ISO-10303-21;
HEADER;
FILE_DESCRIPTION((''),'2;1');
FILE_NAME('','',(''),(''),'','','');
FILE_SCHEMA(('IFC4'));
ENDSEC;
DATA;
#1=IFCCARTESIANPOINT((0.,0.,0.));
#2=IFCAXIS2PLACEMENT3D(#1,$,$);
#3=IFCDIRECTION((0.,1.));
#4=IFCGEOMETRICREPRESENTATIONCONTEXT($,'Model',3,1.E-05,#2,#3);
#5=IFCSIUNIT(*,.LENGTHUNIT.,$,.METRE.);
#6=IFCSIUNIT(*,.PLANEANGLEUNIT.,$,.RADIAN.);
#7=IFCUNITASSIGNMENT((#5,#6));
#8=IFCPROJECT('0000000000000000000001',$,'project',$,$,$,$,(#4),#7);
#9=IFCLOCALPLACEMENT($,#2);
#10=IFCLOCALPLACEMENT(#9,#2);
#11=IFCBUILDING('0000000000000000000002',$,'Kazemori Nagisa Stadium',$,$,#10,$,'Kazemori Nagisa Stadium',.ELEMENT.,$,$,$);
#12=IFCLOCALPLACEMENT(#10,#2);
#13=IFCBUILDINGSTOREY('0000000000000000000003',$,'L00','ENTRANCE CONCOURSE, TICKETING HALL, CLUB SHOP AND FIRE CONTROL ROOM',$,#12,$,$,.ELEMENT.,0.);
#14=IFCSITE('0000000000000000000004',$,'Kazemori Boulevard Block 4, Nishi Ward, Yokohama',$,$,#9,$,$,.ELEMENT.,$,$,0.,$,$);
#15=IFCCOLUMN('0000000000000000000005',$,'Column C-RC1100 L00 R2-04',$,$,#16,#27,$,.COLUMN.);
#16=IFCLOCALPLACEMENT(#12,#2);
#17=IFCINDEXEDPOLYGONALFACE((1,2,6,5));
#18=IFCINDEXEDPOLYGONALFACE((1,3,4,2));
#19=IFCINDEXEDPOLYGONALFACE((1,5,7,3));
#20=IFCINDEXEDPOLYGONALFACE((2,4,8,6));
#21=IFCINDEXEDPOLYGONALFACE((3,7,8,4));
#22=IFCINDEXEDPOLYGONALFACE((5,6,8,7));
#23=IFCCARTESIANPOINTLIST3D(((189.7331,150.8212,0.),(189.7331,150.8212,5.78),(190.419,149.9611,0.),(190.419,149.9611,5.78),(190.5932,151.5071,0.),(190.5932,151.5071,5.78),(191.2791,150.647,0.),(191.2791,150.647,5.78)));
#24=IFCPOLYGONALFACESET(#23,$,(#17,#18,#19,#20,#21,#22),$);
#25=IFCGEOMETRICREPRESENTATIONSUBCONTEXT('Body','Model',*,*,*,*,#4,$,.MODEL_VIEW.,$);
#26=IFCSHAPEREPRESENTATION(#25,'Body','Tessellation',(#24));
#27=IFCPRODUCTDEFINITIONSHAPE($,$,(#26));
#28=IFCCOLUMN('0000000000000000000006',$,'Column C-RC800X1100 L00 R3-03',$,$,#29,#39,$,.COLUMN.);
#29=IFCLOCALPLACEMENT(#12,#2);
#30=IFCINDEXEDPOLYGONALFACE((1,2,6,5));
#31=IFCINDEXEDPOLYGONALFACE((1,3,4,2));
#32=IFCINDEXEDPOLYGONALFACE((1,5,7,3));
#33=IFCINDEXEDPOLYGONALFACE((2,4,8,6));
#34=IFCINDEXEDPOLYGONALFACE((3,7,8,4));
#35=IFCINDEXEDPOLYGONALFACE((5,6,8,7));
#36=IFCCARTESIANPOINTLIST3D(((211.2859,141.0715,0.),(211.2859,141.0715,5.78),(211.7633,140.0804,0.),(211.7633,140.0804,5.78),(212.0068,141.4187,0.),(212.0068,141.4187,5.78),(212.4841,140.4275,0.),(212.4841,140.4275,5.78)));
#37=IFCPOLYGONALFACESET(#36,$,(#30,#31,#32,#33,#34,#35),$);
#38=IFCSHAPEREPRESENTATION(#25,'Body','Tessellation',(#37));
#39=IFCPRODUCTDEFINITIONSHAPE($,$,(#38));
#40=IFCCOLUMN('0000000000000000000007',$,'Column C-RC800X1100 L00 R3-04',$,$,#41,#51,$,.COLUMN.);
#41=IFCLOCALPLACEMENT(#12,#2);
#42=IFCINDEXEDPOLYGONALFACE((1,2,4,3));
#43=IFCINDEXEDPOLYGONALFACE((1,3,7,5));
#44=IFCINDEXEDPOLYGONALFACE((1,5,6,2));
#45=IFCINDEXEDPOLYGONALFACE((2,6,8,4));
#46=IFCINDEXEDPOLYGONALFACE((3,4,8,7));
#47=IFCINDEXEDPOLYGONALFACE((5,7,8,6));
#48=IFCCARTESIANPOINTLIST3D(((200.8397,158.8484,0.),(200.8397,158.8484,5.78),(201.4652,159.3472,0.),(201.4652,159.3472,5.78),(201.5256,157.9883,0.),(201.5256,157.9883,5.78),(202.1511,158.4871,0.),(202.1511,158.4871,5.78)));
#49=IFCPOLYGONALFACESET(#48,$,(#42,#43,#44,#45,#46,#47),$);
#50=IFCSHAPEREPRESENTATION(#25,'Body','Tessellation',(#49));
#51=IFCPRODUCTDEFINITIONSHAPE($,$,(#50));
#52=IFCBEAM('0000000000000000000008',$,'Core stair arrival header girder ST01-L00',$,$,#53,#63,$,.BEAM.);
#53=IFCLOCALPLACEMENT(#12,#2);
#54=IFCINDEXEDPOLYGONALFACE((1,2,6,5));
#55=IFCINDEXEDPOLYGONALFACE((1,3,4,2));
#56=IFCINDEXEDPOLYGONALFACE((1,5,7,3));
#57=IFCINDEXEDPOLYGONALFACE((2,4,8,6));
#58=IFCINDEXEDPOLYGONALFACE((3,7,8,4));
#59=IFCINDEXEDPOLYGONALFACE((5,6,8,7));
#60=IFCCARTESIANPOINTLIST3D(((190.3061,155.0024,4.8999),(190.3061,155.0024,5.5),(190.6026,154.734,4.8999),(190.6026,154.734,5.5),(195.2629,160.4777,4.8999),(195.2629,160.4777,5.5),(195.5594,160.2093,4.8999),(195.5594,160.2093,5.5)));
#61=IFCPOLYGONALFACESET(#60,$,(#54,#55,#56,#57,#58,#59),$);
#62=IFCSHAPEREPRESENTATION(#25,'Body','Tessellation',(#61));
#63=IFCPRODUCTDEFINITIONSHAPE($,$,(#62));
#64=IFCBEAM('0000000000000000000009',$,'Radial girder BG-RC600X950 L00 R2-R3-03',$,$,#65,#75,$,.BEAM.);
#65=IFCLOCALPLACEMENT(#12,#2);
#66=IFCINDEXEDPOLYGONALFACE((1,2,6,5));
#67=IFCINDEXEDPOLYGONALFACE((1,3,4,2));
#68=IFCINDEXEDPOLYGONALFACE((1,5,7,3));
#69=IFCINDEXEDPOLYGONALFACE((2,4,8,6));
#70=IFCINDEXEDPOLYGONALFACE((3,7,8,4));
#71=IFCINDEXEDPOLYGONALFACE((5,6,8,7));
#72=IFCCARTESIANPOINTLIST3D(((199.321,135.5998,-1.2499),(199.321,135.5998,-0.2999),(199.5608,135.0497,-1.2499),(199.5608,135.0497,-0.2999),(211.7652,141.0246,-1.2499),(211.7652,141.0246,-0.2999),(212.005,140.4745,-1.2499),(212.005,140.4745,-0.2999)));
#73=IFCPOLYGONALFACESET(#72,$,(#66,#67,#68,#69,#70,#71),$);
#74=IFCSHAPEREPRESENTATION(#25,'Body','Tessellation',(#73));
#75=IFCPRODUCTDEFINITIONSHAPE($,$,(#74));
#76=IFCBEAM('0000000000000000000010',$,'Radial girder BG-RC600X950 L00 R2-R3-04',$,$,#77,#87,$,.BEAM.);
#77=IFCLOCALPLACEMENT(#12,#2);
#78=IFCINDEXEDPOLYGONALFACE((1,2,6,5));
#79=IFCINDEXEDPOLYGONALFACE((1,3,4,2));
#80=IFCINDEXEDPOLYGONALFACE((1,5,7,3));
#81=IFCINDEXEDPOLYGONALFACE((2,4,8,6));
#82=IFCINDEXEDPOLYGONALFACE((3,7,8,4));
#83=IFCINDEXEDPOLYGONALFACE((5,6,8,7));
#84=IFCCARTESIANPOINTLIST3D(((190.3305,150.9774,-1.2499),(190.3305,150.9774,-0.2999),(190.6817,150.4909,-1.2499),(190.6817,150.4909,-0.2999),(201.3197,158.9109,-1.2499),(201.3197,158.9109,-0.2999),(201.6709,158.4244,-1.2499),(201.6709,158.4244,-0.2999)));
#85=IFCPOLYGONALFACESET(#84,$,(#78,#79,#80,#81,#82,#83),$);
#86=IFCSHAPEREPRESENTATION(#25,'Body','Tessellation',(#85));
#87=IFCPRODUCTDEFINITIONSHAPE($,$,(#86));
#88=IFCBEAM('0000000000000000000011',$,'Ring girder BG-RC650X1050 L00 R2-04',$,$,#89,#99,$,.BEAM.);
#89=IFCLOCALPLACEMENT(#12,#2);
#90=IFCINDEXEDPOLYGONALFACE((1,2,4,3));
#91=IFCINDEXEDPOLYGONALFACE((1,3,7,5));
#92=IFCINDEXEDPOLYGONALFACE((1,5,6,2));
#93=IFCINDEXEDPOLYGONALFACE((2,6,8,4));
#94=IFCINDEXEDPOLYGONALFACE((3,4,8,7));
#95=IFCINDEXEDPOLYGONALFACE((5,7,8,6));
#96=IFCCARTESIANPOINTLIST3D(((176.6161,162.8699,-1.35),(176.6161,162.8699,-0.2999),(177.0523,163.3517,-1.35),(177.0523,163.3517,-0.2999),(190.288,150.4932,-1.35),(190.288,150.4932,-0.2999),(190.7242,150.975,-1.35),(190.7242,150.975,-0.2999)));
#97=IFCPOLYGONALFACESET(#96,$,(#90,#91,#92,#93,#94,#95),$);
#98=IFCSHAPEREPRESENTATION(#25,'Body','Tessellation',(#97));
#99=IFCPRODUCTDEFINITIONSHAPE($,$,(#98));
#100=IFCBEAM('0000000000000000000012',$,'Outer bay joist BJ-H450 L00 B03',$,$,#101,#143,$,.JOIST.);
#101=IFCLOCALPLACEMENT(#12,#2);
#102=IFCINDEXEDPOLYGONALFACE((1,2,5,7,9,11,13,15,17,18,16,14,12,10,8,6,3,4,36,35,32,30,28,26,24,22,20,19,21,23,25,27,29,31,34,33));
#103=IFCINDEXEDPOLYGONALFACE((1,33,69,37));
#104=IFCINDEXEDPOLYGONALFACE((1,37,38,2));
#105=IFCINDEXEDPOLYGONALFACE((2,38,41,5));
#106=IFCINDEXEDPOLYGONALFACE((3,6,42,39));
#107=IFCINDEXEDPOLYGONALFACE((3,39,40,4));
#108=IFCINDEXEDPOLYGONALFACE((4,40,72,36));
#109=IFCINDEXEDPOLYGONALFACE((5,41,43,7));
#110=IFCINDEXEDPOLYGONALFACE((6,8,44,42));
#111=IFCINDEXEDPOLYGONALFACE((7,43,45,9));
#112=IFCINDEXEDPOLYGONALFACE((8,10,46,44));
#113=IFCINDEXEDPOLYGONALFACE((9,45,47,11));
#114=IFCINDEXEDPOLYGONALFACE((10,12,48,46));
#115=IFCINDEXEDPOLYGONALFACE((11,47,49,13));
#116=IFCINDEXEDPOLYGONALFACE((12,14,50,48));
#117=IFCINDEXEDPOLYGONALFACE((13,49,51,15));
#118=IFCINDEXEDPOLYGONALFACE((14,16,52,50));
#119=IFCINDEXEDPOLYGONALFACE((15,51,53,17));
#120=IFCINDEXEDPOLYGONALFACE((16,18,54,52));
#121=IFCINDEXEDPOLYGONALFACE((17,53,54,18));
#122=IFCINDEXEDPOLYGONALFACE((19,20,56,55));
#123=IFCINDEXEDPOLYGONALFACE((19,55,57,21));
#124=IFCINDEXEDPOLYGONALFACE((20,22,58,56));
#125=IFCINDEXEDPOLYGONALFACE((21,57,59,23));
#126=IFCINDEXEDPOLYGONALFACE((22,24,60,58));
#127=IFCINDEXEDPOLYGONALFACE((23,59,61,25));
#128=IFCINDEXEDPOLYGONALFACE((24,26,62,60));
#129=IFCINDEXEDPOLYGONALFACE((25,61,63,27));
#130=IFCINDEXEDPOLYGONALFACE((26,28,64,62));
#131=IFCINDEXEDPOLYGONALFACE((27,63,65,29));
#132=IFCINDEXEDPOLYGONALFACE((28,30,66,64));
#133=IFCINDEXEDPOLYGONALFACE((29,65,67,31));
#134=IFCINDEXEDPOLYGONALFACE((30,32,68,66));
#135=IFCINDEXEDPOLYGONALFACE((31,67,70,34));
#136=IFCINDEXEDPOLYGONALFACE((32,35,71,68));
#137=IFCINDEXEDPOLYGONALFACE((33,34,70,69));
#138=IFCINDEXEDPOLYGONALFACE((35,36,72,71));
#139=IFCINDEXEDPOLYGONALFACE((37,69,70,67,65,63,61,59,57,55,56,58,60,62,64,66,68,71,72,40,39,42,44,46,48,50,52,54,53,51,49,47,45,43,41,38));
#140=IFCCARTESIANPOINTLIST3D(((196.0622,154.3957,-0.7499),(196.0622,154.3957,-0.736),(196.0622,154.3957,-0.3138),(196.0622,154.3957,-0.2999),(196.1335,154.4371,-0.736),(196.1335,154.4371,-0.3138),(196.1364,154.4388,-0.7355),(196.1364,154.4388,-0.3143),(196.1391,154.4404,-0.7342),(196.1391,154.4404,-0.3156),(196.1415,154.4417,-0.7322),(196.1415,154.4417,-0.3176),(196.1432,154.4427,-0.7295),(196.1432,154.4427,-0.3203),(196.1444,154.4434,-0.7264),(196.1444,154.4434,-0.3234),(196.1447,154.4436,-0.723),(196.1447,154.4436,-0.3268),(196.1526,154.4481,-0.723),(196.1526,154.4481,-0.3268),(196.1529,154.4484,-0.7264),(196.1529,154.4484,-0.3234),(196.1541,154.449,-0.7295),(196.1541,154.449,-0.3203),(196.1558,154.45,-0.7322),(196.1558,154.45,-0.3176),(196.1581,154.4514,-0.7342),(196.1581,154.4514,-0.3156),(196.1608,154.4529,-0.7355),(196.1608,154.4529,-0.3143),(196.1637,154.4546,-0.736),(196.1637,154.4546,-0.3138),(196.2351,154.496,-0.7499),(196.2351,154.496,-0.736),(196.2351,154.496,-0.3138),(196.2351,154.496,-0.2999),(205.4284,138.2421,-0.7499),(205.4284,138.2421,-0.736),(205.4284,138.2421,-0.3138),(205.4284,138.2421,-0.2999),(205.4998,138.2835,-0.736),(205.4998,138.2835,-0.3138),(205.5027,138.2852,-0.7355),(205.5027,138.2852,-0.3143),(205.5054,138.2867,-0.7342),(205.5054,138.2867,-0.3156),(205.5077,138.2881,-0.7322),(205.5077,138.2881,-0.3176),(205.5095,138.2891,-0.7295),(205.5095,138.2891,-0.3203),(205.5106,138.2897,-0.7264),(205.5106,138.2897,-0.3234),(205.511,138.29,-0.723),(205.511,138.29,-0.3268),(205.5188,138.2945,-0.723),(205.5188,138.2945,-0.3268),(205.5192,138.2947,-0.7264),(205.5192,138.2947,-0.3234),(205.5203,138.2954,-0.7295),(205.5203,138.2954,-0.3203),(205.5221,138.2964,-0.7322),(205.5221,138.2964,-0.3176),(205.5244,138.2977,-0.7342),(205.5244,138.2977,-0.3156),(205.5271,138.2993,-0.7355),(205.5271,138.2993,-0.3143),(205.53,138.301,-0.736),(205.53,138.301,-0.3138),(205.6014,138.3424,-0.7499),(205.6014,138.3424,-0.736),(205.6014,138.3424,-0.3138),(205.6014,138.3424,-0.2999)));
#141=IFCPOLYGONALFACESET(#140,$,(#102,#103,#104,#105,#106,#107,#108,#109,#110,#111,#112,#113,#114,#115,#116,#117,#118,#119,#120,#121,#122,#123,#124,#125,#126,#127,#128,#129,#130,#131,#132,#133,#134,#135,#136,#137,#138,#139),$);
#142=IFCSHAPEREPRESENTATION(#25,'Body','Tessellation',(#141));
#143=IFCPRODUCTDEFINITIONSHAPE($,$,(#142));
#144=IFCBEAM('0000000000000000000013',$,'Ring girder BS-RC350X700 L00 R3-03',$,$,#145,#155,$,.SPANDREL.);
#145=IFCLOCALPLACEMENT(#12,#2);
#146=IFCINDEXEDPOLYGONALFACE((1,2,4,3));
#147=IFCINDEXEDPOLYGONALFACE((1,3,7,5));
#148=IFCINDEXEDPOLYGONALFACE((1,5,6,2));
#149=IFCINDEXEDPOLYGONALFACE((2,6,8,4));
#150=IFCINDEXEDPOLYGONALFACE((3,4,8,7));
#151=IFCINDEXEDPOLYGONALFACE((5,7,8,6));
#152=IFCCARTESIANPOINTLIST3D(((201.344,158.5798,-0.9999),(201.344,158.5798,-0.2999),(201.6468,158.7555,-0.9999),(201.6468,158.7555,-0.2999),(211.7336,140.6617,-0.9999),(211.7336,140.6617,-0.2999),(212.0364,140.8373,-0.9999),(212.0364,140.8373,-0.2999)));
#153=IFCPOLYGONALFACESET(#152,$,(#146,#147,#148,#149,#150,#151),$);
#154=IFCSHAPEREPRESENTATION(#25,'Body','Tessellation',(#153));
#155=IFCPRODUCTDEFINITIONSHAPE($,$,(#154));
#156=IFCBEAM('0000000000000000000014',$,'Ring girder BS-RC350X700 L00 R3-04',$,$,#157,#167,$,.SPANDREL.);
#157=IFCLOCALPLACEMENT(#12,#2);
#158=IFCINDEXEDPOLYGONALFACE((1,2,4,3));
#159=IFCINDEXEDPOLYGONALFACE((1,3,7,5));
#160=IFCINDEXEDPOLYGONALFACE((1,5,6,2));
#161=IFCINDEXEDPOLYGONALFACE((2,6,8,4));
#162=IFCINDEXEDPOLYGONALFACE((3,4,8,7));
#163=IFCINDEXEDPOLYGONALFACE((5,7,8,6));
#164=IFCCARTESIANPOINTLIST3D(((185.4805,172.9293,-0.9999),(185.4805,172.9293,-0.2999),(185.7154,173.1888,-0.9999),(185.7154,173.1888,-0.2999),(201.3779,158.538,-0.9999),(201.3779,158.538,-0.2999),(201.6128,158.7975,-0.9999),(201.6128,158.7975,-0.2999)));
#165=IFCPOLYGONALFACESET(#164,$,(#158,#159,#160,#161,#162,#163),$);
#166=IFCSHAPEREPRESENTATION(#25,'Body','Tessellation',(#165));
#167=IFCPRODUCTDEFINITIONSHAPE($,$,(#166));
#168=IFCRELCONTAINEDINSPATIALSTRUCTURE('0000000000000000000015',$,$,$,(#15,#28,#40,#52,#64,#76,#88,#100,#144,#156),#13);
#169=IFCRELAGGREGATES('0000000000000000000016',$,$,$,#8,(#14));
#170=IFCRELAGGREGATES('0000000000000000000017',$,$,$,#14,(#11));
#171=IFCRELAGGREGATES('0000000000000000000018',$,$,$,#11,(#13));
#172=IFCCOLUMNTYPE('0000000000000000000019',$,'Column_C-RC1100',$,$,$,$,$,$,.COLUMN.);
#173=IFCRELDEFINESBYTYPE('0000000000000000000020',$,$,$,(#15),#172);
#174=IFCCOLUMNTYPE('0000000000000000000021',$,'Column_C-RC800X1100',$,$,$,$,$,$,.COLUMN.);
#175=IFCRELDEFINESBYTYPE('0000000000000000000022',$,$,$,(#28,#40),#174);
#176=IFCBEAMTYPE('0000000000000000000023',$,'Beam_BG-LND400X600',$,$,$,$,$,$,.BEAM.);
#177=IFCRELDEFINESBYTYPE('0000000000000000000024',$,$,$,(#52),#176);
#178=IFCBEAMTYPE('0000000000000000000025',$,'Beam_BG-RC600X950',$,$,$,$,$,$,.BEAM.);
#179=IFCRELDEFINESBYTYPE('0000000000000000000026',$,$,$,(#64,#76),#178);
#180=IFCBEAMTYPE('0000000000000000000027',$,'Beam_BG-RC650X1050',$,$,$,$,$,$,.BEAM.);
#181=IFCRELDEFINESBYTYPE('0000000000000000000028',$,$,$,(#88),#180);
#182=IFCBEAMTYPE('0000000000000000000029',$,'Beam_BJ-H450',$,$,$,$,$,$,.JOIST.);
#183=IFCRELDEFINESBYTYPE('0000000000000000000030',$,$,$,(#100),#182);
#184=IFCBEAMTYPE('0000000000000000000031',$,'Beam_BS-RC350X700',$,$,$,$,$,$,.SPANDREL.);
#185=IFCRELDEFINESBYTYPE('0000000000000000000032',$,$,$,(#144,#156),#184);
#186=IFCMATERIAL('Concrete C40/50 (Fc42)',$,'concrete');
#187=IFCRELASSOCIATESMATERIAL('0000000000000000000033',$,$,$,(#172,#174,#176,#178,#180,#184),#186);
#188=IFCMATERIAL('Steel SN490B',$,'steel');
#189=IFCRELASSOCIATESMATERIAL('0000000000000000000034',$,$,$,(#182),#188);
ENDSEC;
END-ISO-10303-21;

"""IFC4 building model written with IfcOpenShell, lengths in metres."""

from ifc_helpers import new_model, si_unit, direction, frame, origin, origin_2d, place, context, subcontext, project, spatial, rectangle, i_section, extrude, material, material_profile, profile_set, type_object, element, save


model = new_model("IFC4")

# Units and contexts
model_context = context("Model", 3, precision=1e-05, world=origin(), true_north=direction((0.0, 1.0)))
body_context = subcontext(model_context, "Body", "Model", "MODEL_VIEW")
ifc_project = project(units=[si_unit("LENGTHUNIT", "METRE"), si_unit("PLANEANGLEUNIT", "RADIAN")], contexts=[model_context])

# Site, building, storey
site_placement = place(None, origin())
site = spatial("IfcSite", under=ifc_project, at=site_placement, Name="Kazemori Boulevard Block 4, Nishi Ward, Yokohama", CompositionType="ELEMENT", RefElevation=0.0)
building_placement = place(site_placement, origin())
building = spatial("IfcBuilding", under=site, at=building_placement, Name="Kazemori Nagisa Stadium", LongName="Kazemori Nagisa Stadium", CompositionType="ELEMENT")
storey_placement = place(building_placement, origin())
storey = spatial("IfcBuildingStorey", under=building, at=storey_placement, Name="L00", Description="ENTRANCE CONCOURSE, TICKETING HALL, CLUB SHOP AND FIRE CONTROL ROOM", CompositionType="ELEMENT", Elevation=0.0)

# Columns
ifc_material_1 = material(Name="Concrete C40/50 (Fc42)", Category="concrete")
ifc_material_profile_1 = material_profile(ifc_material_1, rectangle(XDim=1.1001, YDim=1.1001, at=origin_2d()), Name="RC-COL-1100x1100")
ifc_profile_set_1 = profile_set([ifc_material_profile_1], Name="Concrete C40/50 (Fc42)")
column_type_1 = type_object("IfcColumnType", Name="Column_C-RC1100", PredefinedType="COLUMN", material=ifc_profile_set_1)
column_placement = place(storey_placement, frame((190.5061, 150.7341, 0.0), z_axis=(0.0, 0.0, 1.0), x_axis=(0.781831, 0.62349, 0.0)))
element("IfcColumn", 1, at=column_placement, inside=storey, type_object=column_type_1, Name="Column C-RC1100 L00 R2-04", PredefinedType="COLUMN", context=body_context, shape_type="SweptSolid", body=[
    extrude(rectangle(XDim=1.1001, YDim=1.1001, at=origin_2d()), origin(), (0.0, 0.0, 1.0), 5.78),
])
ifc_material_profile_2 = material_profile(ifc_material_1, rectangle(XDim=0.8, YDim=1.1001, at=origin_2d()), Name="RC-COL-800x1100")
ifc_profile_set_2 = profile_set([ifc_material_profile_2], Name="Concrete C40/50 (Fc42)")
column_type_2 = type_object("IfcColumnType", Name="Column_C-RC800X1100", PredefinedType="COLUMN", material=ifc_profile_set_2)
for number, where, z_axis, x_axis, name in (
    (2, (211.885, 140.7495, 0.0), (0.0, 0.0, 1.0), (0.900969, 0.433884, 0.0), "Column C-RC800X1100 L00 R3-03"),
    (3, (201.4954, 158.6677, 0.0), (0.0, 0.0, 1.0), (0.781831, 0.62349, 0.0), "Column C-RC800X1100 L00 R3-04"),
):
    element("IfcColumn", number, at=place(storey_placement, frame(where, z_axis=z_axis, x_axis=x_axis)), inside=storey, type_object=column_type_2, Name=name, PredefinedType="COLUMN", context=body_context, shape_type="SweptSolid", body=[
        extrude(rectangle(XDim=0.8, YDim=1.1001, at=origin_2d()), origin(), (0.0, 0.0, 1.0), 5.78),
    ])

# Beams
ifc_material_profile_3 = material_profile(ifc_material_1, rectangle(XDim=0.3999, YDim=0.6001, at=origin_2d()), Name="RC-BM-400x600")
ifc_profile_set_3 = profile_set([ifc_material_profile_3], Name="Concrete C40/50 (Fc42)")
beam_type_1 = type_object("IfcBeamType", Name="Beam_BG-LND400X600", PredefinedType="BEAM", material=ifc_profile_set_3)
beam_1_placement = place(storey_placement, frame((190.4543, 154.8682, 5.2), z_axis=(0.67113, 0.74134, 0.0), x_axis=(-0.74134, 0.67113, 0.0)))
element("IfcBeam", 4, at=beam_1_placement, inside=storey, type_object=beam_type_1, Name="Core stair arrival header girder ST01-L00", PredefinedType="BEAM", context=body_context, shape_type="SweptSolid", body=[
    extrude(rectangle(XDim=0.3999, YDim=0.6001, at=origin_2d()), origin(), (0.0, 0.0, 1.0), 7.3857),
])
ifc_material_profile_4 = material_profile(ifc_material_1, rectangle(XDim=0.6001, YDim=0.95, at=origin_2d()), Name="RC-BM-600x950")
ifc_profile_set_4 = profile_set([ifc_material_profile_4], Name="Concrete C40/50 (Fc42)")
beam_type_2 = type_object("IfcBeamType", Name="Beam_BG-RC600X950", PredefinedType="BEAM", material=ifc_profile_set_4)
beam_2_placement = place(storey_placement, frame((199.4409, 135.3247, -0.7749), z_axis=(0.916684, 0.399614, 0.0), x_axis=(-0.399614, 0.916684, 0.0)))
element("IfcBeam", 5, at=beam_2_placement, inside=storey, type_object=beam_type_2, Name="Radial girder BG-RC600X950 L00 R2-R3-03", PredefinedType="BEAM", context=body_context, shape_type="SweptSolid", body=[
    extrude(rectangle(XDim=0.6001, YDim=0.95, at=origin_2d()), origin(), (0.0, 0.0, 1.0), 13.5752),
])
beam_3_placement = place(storey_placement, frame((190.5061, 150.7341, -0.7749), z_axis=(0.810788, 0.585341, 0.0), x_axis=(-0.585341, 0.810788, 0.0)))
element("IfcBeam", 6, at=beam_3_placement, inside=storey, type_object=beam_type_2, Name="Radial girder BG-RC600X950 L00 R2-R3-04", PredefinedType="BEAM", context=body_context, shape_type="SweptSolid", body=[
    extrude(rectangle(XDim=0.6001, YDim=0.95, at=origin_2d()), origin(), (0.0, 0.0, 1.0), 13.5537),
])
ifc_material_profile_5 = material_profile(ifc_material_1, rectangle(XDim=0.6499, YDim=1.05, at=origin_2d()), Name="RC-BM-650x1050")
ifc_profile_set_5 = profile_set([ifc_material_profile_5], Name="Concrete C40/50 (Fc42)")
beam_type_3 = type_object("IfcBeamType", Name="Beam_BG-RC650X1050", PredefinedType="BEAM", material=ifc_profile_set_5)
beam_4_placement = place(storey_placement, frame((190.5061, 150.7341, -0.825), z_axis=(-0.741349, 0.67112, 0.0), x_axis=(-0.67112, -0.741349, 0.0)))
element("IfcBeam", 7, at=beam_4_placement, inside=storey, type_object=beam_type_3, Name="Ring girder BG-RC650X1050 L00 R2-04", PredefinedType="BEAM", context=body_context, shape_type="SweptSolid", body=[
    extrude(rectangle(XDim=0.6499, YDim=1.05, at=origin_2d()), origin(), (0.0, 0.0, 1.0), 18.4419),
])
ifc_material_2 = material(Name="Steel SN490B", Category="steel")
ifc_material_profile_6 = material_profile(ifc_material_2, i_section(OverallWidth=0.2, OverallDepth=0.45, WebThickness=0.009, FlangeThickness=0.0139, FilletRadius=0.0129, at=origin_2d()), Name="H-450x200x9x14")
ifc_profile_set_6 = profile_set([ifc_material_profile_6], Name="Steel SN490B")
beam_type_4 = type_object("IfcBeamType", Name="Beam_BJ-H450", PredefinedType="JOIST", material=ifc_profile_set_6)
beam_5_placement = place(storey_placement, frame((205.5149, 138.2922, -0.5249), z_axis=(-0.501604, 0.865098, 0.0), x_axis=(-0.865098, -0.501604, 0.0)))
element("IfcBeam", 8, at=beam_5_placement, inside=storey, type_object=beam_type_4, Name="Outer bay joist BJ-H450 L00 B03", PredefinedType="JOIST", context=body_context, shape_type="SweptSolid", body=[
    extrude(i_section(OverallWidth=0.2, OverallDepth=0.45, WebThickness=0.009, FlangeThickness=0.0139, FilletRadius=0.0129, at=origin_2d()), origin(), (0.0, 0.0, 1.0), 18.6726),
])
ifc_material_profile_7 = material_profile(ifc_material_1, rectangle(XDim=0.3501, YDim=0.7, at=origin_2d()), Name="RC-SP-350x700")
ifc_profile_set_7 = profile_set([ifc_material_profile_7], Name="Concrete C40/50 (Fc42)")
beam_type_5 = type_object("IfcBeamType", Name="Beam_BS-RC350X700", PredefinedType="SPANDREL", material=ifc_profile_set_7)
beam_6_placement = place(storey_placement, frame((211.885, 140.7495, -0.6499), z_axis=(-0.501613, 0.865092, 0.0), x_axis=(-0.865092, -0.501613, 0.0)))
element("IfcBeam", 9, at=beam_6_placement, inside=storey, type_object=beam_type_5, Name="Ring girder BS-RC350X700 L00 R3-03", PredefinedType="SPANDREL", context=body_context, shape_type="SweptSolid", body=[
    extrude(rectangle(XDim=0.3501, YDim=0.7, at=origin_2d()), origin(), (0.0, 0.0, 1.0), 20.7124),
])
beam_7_placement = place(storey_placement, frame((201.4954, 158.6677, -0.6499), z_axis=(-0.741352, 0.671117, 0.0), x_axis=(-0.671117, -0.741352, 0.0)))
element("IfcBeam", 10, at=beam_7_placement, inside=storey, type_object=beam_type_5, Name="Ring girder BS-RC350X700 L00 R3-04", PredefinedType="SPANDREL", context=body_context, shape_type="SweptSolid", body=[
    extrude(rectangle(XDim=0.3501, YDim=0.7, at=origin_2d()), origin(), (0.0, 0.0, 1.0), 21.4438),
])

save(model, "model.ifc")
